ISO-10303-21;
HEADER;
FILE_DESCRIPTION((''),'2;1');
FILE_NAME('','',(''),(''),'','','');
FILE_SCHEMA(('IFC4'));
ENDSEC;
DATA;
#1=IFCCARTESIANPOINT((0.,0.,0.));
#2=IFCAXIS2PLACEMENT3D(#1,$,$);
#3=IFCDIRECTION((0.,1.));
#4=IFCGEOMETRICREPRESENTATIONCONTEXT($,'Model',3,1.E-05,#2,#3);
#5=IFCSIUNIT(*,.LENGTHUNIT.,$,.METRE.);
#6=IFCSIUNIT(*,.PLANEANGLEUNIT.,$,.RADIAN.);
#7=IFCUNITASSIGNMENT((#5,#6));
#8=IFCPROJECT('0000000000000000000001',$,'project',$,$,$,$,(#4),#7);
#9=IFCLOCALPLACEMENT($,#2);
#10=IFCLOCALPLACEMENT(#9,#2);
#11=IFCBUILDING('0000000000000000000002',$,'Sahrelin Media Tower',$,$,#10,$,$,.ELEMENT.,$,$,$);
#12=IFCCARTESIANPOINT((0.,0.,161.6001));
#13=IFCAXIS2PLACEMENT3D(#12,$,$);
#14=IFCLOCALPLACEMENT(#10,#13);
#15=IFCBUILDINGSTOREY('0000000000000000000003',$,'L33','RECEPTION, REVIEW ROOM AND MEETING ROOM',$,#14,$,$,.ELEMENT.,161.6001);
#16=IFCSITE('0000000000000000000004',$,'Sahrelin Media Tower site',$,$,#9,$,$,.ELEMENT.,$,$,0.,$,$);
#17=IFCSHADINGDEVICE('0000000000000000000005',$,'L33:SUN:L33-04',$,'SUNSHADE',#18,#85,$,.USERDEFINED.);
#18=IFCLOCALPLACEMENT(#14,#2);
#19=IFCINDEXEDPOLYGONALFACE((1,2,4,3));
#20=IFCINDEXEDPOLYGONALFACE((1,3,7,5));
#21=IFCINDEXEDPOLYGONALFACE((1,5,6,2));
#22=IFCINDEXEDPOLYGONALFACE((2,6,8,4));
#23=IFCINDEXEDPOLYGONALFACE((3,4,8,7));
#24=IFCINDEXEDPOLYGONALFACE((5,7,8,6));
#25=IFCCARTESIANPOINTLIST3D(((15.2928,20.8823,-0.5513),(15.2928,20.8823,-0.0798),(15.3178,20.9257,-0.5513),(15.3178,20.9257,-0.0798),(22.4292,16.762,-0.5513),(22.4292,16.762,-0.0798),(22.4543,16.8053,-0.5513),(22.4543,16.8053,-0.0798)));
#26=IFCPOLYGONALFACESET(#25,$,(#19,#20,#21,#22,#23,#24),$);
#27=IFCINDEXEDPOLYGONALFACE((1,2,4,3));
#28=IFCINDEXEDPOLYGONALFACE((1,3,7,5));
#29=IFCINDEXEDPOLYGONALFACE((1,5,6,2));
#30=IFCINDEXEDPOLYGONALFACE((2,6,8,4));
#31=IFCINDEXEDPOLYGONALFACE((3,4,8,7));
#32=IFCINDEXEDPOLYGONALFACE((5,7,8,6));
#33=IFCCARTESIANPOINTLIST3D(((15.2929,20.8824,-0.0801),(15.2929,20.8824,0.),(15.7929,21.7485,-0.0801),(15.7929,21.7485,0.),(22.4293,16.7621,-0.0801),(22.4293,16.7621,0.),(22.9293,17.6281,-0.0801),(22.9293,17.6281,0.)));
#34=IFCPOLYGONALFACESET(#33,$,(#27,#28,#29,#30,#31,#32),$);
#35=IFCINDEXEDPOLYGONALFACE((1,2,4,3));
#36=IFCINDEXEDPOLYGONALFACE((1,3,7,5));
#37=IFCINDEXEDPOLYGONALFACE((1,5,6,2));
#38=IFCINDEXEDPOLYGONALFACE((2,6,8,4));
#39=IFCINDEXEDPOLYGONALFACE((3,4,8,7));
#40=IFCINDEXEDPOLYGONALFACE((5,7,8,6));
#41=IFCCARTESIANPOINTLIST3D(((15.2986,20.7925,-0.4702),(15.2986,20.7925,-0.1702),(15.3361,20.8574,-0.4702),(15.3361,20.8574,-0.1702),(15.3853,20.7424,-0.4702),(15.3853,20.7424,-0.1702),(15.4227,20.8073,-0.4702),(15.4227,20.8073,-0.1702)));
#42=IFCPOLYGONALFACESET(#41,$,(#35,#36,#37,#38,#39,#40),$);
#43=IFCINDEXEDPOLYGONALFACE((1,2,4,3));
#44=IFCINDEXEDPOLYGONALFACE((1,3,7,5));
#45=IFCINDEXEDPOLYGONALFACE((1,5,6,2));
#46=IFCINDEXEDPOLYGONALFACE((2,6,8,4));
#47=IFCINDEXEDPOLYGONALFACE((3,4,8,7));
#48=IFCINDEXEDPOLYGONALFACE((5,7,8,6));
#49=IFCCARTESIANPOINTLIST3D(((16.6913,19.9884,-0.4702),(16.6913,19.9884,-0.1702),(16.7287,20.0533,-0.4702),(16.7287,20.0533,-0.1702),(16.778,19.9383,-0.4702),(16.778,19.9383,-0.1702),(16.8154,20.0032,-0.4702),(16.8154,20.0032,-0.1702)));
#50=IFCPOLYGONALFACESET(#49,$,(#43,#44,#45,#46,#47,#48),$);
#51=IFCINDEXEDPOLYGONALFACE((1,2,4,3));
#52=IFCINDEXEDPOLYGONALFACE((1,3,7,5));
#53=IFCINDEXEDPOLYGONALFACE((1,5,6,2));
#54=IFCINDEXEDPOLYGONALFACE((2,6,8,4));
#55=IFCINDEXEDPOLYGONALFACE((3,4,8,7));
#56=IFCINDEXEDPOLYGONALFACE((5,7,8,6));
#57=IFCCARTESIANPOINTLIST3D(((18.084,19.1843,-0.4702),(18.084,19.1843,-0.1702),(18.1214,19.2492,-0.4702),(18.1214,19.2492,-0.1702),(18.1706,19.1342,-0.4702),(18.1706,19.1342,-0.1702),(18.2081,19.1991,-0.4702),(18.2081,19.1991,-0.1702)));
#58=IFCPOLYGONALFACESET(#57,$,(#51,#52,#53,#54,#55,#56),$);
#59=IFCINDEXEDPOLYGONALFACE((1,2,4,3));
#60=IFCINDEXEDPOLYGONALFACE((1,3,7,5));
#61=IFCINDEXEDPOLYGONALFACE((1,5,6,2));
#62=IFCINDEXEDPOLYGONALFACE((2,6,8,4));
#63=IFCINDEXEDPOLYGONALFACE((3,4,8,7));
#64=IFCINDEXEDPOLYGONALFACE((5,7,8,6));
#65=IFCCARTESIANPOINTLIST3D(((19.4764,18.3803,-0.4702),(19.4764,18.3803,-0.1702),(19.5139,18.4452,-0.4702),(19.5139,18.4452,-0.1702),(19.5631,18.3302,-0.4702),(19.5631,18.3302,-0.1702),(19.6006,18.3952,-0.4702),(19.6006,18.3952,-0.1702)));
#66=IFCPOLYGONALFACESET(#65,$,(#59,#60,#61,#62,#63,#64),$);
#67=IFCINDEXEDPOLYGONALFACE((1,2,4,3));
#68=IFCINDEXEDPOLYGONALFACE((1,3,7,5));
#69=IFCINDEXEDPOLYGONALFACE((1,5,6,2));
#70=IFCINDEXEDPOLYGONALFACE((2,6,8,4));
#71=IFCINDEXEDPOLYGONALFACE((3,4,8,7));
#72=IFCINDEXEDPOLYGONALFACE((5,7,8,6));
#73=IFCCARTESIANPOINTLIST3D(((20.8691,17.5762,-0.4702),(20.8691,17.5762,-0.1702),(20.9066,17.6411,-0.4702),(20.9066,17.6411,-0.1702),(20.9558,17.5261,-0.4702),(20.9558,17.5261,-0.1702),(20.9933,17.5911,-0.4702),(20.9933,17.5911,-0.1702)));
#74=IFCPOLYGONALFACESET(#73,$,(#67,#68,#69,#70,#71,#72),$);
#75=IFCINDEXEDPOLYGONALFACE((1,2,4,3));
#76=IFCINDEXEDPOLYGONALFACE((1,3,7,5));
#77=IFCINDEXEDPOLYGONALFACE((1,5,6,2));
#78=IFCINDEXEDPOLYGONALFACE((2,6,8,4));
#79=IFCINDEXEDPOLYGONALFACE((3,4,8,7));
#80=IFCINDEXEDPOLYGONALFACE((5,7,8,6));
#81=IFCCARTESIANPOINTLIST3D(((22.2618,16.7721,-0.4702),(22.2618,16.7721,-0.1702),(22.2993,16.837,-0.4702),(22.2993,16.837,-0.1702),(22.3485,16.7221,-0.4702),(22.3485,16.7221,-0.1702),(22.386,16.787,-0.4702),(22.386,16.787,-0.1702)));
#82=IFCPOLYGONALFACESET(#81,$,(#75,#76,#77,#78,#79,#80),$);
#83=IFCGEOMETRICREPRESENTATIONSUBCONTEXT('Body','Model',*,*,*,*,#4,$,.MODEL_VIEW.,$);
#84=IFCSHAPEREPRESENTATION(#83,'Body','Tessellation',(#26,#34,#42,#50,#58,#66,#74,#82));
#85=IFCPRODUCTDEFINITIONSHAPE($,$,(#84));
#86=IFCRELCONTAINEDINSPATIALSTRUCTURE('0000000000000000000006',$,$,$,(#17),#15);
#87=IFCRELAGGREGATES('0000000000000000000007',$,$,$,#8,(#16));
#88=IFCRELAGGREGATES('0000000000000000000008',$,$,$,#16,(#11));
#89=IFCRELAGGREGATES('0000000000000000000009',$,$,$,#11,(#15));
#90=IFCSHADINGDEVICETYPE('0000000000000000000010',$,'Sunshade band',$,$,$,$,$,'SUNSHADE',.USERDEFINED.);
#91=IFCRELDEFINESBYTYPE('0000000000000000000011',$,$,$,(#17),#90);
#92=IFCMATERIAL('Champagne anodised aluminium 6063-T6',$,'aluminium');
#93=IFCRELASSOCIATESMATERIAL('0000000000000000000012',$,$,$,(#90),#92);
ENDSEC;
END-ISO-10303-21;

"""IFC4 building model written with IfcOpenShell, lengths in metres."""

from ifc_helpers import new_model, si_unit, direction, frame, origin, origin_2d, place, context, subcontext, project, spatial, rectangle, extrude, material, type_object, element, save


model = new_model("IFC4")

# Units and contexts
model_context = context("Model", 3, precision=1e-05, world=origin(), true_north=direction((0.0, 1.0)))
body_context = subcontext(model_context, "Body", "Model", "MODEL_VIEW")
ifc_project = project(units=[si_unit("LENGTHUNIT", "METRE"), si_unit("PLANEANGLEUNIT", "RADIAN")], contexts=[model_context])

# Site, building, storey
site_placement = place(None, origin())
site = spatial("IfcSite", under=ifc_project, at=site_placement, Name="Sahrelin Media Tower site", CompositionType="ELEMENT", RefElevation=0.0)
building_placement = place(site_placement, origin())
building = spatial("IfcBuilding", under=site, at=building_placement, Name="Sahrelin Media Tower", CompositionType="ELEMENT")
storey_placement = place(building_placement, frame((0.0, 0.0, 161.6001)))
storey = spatial("IfcBuildingStorey", under=building, at=storey_placement, Name="L33", Description="RECEPTION, REVIEW ROOM AND MEETING ROOM", CompositionType="ELEMENT", Elevation=161.6001)

# Shared definitions
ifc_material_1 = material(Name="Champagne anodised aluminium 6063-T6", Category="aluminium")

# Shading device
placement_1 = place(storey_placement, frame((18.8511, 18.8049, 0.0), z_axis=(0.0, 0.0, 1.0), x_axis=(0.866019, -0.500011, 0.0)))
shading_device_type_1 = type_object("IfcShadingDeviceType", Name="Sunshade band", ElementType="SUNSHADE", PredefinedType="USERDEFINED", material=ifc_material_1)
element("IfcShadingDevice", 1, at=placement_1, inside=storey, type_object=shading_device_type_1, Name="L33:SUN:L33-04", ObjectType="SUNSHADE", PredefinedType="USERDEFINED", context=body_context, shape_type="SweptSolid", body=[
    extrude(rectangle(XDim=8.2405, YDim=0.05, at=origin_2d()), frame((0.0, 0.0449, -0.5513)), (0.0, 0.0, 1.0), 0.4714),
    extrude(rectangle(XDim=8.2405, YDim=1.0, at=origin_2d()), frame((0.0, 0.52, -0.0801)), (0.0, 0.0, 1.0), 0.0801),
    extrude(rectangle(XDim=0.1001, YDim=0.075, at=origin_2d()), frame((-4.0203, -0.0176, -0.4702)), (0.0, 0.0, 1.0), 0.3),
    extrude(rectangle(XDim=0.1001, YDim=0.075, at=origin_2d()), frame((-2.4121, -0.0176, -0.4702)), (0.0, 0.0, 1.0), 0.3),
    extrude(rectangle(XDim=0.1001, YDim=0.075, at=origin_2d()), frame((-0.804, -0.0176, -0.4702)), (0.0, 0.0, 1.0), 0.3),
    extrude(rectangle(XDim=0.1001, YDim=0.075, at=origin_2d()), frame((0.804, -0.0176, -0.4702)), (0.0, 0.0, 1.0), 0.3),
    extrude(rectangle(XDim=0.1001, YDim=0.075, at=origin_2d()), frame((2.4121, -0.0176, -0.4702)), (0.0, 0.0, 1.0), 0.3),
    extrude(rectangle(XDim=0.1001, YDim=0.075, at=origin_2d()), frame((4.0203, -0.0176, -0.4702)), (0.0, 0.0, 1.0), 0.3),
])

save(model, "model.ifc")
